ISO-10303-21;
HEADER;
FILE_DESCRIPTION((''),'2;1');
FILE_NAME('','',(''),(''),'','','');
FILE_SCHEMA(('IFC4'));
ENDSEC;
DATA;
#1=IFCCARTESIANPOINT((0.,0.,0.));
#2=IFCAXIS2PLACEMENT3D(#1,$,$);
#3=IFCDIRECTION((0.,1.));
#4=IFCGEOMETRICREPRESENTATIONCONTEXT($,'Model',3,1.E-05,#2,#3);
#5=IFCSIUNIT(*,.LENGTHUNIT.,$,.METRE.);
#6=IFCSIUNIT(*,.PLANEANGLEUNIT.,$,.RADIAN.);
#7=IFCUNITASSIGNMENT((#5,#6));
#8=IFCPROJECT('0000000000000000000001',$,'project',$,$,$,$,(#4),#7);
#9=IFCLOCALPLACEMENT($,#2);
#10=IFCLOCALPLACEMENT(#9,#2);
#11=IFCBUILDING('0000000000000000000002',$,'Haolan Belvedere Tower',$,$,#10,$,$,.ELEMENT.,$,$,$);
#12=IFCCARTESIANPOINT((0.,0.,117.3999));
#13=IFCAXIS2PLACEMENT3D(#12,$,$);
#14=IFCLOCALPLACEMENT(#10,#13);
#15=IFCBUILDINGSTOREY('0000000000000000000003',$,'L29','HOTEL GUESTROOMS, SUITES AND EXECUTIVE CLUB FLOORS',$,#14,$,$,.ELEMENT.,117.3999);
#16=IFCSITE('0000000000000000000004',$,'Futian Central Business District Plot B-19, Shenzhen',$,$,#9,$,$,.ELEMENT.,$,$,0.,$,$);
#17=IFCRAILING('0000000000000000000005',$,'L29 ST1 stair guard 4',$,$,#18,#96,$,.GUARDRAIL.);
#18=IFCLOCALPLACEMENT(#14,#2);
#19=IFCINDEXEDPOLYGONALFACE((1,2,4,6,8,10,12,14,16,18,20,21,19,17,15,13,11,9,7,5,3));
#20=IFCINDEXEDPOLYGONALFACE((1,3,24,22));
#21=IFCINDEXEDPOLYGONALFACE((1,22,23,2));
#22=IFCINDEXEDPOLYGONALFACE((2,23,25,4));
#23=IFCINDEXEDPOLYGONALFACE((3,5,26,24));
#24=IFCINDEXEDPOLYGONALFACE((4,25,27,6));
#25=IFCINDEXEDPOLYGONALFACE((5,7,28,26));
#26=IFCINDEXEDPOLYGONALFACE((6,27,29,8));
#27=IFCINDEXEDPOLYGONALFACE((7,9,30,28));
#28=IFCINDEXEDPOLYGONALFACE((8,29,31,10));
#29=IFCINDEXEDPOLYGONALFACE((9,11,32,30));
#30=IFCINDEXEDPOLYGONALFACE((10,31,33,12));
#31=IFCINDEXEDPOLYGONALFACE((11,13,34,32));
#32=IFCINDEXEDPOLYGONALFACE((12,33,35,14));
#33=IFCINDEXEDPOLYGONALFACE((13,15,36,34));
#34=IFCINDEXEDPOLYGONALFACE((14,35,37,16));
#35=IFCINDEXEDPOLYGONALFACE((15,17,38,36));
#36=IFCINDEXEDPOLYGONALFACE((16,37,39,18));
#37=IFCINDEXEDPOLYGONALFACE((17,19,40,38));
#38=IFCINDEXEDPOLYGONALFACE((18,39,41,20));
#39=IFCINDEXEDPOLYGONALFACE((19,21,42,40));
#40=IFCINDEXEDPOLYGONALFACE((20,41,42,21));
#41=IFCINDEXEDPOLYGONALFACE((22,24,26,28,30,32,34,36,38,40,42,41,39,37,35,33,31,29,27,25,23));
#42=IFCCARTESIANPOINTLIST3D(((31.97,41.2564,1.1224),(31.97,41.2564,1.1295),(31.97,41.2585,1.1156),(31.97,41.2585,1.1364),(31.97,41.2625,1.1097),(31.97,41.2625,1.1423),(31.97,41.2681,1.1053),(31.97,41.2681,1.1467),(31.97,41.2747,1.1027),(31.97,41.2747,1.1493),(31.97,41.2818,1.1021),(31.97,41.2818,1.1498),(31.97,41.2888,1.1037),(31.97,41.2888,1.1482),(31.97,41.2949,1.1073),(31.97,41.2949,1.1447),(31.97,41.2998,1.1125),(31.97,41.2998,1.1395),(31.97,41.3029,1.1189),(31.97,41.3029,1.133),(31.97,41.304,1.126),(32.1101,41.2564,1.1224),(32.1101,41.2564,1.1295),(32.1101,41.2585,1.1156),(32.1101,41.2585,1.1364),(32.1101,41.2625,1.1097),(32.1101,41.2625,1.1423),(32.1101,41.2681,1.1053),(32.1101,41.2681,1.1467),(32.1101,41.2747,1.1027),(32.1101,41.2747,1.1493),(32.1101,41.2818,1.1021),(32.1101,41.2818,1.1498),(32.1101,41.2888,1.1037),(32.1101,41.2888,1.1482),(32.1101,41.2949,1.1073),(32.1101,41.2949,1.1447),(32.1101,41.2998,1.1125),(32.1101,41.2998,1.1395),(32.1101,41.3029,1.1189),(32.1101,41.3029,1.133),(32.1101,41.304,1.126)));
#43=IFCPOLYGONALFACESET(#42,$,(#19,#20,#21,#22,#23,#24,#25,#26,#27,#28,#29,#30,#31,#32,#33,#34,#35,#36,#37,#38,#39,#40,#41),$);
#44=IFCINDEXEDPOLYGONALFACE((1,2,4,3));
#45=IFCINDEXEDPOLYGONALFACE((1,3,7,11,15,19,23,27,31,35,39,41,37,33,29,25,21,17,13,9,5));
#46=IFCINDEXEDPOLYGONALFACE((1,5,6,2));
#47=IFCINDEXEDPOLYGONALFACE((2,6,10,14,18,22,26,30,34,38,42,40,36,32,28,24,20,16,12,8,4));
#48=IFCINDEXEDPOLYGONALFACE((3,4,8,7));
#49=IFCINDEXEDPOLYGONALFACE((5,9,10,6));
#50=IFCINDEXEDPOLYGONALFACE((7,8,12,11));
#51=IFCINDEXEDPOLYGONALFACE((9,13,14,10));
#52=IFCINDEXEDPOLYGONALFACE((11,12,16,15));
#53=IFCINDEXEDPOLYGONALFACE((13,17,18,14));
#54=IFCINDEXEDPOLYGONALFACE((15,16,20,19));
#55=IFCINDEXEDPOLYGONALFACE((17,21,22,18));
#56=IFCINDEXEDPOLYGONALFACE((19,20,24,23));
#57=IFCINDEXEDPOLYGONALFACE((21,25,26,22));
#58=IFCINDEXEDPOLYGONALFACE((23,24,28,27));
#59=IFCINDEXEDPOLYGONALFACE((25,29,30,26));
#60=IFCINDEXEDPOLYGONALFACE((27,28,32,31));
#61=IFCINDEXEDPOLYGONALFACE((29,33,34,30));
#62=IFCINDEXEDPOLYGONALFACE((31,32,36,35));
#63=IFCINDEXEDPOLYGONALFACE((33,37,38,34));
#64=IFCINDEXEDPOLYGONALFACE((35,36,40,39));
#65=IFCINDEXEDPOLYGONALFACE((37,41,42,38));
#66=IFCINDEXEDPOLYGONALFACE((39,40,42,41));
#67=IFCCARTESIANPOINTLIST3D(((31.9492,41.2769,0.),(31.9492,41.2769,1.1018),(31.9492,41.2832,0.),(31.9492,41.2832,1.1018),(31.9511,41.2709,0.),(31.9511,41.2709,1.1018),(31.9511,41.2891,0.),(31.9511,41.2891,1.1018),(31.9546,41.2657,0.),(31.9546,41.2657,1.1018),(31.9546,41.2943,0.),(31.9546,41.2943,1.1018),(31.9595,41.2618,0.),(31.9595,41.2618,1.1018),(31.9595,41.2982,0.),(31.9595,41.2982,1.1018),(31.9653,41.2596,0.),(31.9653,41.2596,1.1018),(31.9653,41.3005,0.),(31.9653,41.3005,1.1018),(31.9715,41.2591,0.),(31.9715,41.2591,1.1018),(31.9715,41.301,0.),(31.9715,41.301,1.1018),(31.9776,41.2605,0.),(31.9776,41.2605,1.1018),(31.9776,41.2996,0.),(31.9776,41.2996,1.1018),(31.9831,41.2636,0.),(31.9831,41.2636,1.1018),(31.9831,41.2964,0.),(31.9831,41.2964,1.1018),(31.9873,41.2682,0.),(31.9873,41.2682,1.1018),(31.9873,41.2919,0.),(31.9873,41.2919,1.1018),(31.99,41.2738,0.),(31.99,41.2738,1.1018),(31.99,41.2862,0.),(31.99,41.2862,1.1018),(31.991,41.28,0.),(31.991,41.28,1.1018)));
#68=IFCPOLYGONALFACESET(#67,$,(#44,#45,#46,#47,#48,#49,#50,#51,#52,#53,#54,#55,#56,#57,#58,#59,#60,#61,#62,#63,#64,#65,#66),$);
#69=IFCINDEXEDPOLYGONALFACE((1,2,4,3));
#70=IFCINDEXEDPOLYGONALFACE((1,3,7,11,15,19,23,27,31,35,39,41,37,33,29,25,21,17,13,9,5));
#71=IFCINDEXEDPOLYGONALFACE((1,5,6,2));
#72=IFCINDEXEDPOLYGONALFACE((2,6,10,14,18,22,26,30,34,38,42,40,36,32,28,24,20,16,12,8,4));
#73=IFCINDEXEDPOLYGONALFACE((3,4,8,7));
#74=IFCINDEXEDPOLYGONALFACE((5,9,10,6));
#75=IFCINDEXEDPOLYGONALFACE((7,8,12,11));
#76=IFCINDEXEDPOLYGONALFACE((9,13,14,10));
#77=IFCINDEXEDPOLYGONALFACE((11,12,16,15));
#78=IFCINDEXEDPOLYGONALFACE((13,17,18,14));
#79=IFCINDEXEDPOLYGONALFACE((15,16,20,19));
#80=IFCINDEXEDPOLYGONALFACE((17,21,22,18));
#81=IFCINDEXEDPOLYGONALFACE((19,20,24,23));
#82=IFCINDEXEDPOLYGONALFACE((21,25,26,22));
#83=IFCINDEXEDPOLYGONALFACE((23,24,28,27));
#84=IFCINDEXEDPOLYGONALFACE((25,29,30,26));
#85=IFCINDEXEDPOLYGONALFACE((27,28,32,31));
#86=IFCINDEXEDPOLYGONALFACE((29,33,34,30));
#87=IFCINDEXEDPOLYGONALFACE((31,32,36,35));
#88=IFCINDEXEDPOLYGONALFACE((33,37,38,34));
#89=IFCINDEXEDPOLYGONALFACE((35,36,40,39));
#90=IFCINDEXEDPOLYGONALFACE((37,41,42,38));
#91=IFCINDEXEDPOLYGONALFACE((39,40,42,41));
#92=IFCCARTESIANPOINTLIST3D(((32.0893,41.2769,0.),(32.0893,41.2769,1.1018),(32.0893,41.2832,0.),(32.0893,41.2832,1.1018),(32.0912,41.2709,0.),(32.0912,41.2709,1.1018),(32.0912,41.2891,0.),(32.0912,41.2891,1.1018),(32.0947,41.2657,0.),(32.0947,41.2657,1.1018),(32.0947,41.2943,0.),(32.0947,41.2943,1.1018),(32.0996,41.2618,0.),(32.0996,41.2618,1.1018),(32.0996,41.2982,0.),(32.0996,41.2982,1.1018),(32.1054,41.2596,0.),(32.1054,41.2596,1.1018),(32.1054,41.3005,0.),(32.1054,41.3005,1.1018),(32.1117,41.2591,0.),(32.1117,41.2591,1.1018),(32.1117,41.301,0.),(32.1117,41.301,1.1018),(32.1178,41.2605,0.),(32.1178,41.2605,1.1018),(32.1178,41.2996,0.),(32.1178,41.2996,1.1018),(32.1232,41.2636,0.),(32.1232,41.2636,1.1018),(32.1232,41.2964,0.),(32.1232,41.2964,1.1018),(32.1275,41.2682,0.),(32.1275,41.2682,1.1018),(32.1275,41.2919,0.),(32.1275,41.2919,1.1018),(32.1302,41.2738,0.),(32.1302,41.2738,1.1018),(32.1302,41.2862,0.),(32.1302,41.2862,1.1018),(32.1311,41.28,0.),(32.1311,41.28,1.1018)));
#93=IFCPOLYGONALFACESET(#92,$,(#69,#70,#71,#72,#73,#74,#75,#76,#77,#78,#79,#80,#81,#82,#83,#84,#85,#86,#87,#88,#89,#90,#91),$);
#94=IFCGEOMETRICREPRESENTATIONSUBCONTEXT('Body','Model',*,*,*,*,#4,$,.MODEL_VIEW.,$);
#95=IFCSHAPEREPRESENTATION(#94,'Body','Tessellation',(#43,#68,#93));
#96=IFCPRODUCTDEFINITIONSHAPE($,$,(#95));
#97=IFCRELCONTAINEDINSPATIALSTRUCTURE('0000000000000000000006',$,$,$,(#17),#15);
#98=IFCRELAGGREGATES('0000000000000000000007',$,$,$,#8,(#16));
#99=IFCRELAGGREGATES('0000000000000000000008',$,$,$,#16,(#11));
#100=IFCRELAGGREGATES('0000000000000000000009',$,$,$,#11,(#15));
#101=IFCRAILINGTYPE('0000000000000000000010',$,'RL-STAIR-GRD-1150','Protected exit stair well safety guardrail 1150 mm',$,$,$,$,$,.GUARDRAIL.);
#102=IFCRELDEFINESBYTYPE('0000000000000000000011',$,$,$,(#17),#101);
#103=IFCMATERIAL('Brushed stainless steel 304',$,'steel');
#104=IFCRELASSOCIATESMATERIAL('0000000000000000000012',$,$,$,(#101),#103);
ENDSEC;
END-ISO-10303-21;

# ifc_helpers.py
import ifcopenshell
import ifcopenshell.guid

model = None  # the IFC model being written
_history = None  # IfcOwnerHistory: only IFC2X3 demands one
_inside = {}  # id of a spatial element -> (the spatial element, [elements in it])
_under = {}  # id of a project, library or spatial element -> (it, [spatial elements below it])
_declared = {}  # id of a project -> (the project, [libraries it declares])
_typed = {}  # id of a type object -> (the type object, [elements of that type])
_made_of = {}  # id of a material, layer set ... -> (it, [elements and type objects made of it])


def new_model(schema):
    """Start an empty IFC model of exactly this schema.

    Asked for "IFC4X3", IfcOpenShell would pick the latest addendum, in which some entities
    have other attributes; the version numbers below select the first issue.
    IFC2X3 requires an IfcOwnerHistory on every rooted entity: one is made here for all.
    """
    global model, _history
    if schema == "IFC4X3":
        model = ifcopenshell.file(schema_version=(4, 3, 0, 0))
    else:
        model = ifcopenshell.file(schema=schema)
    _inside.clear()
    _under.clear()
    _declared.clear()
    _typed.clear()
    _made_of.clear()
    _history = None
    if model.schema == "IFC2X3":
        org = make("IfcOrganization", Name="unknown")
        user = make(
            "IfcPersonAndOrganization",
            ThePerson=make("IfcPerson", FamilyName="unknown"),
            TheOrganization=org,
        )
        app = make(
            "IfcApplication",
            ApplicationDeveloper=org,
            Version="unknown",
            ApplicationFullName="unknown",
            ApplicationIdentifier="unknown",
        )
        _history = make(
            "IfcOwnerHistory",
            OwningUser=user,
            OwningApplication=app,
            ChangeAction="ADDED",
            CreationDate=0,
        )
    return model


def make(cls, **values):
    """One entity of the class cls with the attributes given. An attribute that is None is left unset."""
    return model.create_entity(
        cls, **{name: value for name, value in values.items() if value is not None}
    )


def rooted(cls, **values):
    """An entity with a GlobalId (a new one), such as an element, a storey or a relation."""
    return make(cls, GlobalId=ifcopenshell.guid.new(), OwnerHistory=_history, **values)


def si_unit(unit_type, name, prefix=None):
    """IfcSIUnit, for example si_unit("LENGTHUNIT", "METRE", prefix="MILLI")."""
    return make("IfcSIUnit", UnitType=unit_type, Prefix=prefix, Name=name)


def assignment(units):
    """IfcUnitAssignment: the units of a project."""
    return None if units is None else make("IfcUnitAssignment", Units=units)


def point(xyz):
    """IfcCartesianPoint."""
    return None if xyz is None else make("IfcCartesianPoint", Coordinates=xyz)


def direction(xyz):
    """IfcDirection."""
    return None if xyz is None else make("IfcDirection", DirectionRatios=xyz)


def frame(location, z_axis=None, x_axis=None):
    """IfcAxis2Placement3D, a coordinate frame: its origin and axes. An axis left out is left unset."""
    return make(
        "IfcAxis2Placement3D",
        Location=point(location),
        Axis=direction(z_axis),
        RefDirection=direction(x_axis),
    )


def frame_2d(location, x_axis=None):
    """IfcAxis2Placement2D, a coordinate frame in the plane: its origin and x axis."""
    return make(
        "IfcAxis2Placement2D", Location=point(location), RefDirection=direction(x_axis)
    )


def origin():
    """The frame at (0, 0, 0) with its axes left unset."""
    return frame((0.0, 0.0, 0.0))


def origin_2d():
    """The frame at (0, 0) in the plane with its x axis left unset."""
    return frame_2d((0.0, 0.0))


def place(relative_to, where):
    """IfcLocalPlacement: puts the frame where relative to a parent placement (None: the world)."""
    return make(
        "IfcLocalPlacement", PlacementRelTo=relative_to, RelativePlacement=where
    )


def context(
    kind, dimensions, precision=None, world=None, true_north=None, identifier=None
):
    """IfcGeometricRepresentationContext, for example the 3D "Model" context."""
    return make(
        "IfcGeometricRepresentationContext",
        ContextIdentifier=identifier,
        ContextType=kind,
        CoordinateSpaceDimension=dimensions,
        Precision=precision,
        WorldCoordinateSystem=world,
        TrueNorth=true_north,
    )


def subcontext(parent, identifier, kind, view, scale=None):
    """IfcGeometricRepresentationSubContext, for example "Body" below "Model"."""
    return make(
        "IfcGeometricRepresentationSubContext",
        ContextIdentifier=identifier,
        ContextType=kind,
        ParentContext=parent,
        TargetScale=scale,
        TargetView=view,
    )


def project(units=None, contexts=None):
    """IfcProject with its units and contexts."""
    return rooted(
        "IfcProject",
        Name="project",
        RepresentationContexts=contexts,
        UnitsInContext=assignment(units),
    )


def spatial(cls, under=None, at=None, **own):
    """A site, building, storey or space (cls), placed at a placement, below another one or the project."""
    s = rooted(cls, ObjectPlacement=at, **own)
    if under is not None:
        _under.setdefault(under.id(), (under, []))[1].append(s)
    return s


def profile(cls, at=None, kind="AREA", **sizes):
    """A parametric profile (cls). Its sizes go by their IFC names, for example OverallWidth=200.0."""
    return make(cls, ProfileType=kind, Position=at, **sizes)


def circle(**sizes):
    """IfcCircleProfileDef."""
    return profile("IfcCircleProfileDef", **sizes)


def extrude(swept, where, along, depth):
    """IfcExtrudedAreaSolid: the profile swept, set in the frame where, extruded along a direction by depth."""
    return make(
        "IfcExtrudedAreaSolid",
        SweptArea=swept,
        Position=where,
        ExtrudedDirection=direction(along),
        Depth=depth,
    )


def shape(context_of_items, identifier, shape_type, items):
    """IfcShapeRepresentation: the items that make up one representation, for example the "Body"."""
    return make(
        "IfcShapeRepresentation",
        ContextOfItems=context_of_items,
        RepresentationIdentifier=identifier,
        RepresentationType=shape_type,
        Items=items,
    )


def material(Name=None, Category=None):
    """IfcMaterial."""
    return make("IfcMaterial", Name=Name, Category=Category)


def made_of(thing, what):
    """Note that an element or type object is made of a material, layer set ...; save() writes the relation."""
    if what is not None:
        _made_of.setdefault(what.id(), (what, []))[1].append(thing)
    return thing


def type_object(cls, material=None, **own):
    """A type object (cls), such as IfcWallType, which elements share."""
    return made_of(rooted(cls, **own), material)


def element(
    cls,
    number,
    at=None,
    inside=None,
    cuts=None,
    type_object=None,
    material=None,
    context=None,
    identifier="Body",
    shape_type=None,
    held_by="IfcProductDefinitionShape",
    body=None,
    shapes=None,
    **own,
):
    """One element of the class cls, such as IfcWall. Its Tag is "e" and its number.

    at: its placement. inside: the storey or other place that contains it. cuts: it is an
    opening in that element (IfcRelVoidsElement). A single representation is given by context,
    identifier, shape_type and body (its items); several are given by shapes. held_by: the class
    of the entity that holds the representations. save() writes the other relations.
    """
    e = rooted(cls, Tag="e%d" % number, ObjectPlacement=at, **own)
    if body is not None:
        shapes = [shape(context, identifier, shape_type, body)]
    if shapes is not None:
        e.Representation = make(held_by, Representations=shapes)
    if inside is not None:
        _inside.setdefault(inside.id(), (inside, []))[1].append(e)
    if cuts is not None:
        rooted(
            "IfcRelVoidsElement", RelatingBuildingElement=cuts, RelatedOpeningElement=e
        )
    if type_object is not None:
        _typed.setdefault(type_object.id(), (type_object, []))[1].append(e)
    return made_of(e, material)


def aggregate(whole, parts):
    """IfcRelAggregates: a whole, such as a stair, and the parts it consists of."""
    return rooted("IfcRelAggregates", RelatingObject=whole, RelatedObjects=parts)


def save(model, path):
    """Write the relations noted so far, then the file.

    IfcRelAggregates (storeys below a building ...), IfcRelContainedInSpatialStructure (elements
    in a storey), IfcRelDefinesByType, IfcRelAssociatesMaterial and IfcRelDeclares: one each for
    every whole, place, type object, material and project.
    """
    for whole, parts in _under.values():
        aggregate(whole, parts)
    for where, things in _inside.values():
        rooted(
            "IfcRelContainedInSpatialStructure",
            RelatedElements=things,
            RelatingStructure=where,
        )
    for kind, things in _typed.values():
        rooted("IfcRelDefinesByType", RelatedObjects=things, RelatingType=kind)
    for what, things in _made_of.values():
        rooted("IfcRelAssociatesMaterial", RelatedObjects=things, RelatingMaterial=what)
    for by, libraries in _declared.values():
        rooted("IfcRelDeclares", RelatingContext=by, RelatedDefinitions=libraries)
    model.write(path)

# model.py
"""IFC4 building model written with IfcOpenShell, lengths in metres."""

from ifc_helpers import new_model, si_unit, direction, frame, origin, origin_2d, place, context, subcontext, project, spatial, circle, extrude, material, type_object, element, save


model = new_model("IFC4")

# Units and contexts
model_context = context("Model", 3, precision=1e-05, world=origin(), true_north=direction((0.0, 1.0)))
body_context = subcontext(model_context, "Body", "Model", "MODEL_VIEW")
ifc_project = project(units=[si_unit("LENGTHUNIT", "METRE"), si_unit("PLANEANGLEUNIT", "RADIAN")], contexts=[model_context])

# Site, building, storey
site_placement = place(None, origin())
site = spatial("IfcSite", under=ifc_project, at=site_placement, Name="Futian Central Business District Plot B-19, Shenzhen", CompositionType="ELEMENT", RefElevation=0.0)
building_placement = place(site_placement, origin())
building = spatial("IfcBuilding", under=site, at=building_placement, Name="Haolan Belvedere Tower", CompositionType="ELEMENT")
storey_placement = place(building_placement, frame((0.0, 0.0, 117.3999)))
storey = spatial("IfcBuildingStorey", under=building, at=storey_placement, Name="L29", Description="HOTEL GUESTROOMS, SUITES AND EXECUTIVE CLUB FLOORS", CompositionType="ELEMENT", Elevation=117.3999)

# Railing
ifc_material_1 = material(Name="Brushed stainless steel 304", Category="steel")
railing_type = type_object("IfcRailingType", Name="RL-STAIR-GRD-1150", Description="Protected exit stair well safety guardrail 1150 mm", PredefinedType="GUARDRAIL", material=ifc_material_1)
railing_1_placement = place(storey_placement, frame((31.97, 41.28, 0.0)))
element("IfcRailing", 1, at=railing_1_placement, inside=storey, type_object=railing_type, Name="L29 ST1 stair guard 4", PredefinedType="GUARDRAIL", context=body_context, shape_type="SweptSolid", body=[
    extrude(circle(Radius=0.0239, at=origin_2d()), frame((0.0, 0.0, 1.126), z_axis=(1.0, 0.0, 0.0), x_axis=(0.0, 1.0, 0.0)), (0.0, 0.0, 1.0), 0.1401),
    extrude(circle(Radius=0.021, at=origin_2d()), origin(), (0.0, 0.0, 1.0), 1.1018),
    extrude(circle(Radius=0.021, at=origin_2d()), frame((0.1401, 0.0, 0.0)), (0.0, 0.0, 1.0), 1.1018),
])

save(model, "model.ifc")
